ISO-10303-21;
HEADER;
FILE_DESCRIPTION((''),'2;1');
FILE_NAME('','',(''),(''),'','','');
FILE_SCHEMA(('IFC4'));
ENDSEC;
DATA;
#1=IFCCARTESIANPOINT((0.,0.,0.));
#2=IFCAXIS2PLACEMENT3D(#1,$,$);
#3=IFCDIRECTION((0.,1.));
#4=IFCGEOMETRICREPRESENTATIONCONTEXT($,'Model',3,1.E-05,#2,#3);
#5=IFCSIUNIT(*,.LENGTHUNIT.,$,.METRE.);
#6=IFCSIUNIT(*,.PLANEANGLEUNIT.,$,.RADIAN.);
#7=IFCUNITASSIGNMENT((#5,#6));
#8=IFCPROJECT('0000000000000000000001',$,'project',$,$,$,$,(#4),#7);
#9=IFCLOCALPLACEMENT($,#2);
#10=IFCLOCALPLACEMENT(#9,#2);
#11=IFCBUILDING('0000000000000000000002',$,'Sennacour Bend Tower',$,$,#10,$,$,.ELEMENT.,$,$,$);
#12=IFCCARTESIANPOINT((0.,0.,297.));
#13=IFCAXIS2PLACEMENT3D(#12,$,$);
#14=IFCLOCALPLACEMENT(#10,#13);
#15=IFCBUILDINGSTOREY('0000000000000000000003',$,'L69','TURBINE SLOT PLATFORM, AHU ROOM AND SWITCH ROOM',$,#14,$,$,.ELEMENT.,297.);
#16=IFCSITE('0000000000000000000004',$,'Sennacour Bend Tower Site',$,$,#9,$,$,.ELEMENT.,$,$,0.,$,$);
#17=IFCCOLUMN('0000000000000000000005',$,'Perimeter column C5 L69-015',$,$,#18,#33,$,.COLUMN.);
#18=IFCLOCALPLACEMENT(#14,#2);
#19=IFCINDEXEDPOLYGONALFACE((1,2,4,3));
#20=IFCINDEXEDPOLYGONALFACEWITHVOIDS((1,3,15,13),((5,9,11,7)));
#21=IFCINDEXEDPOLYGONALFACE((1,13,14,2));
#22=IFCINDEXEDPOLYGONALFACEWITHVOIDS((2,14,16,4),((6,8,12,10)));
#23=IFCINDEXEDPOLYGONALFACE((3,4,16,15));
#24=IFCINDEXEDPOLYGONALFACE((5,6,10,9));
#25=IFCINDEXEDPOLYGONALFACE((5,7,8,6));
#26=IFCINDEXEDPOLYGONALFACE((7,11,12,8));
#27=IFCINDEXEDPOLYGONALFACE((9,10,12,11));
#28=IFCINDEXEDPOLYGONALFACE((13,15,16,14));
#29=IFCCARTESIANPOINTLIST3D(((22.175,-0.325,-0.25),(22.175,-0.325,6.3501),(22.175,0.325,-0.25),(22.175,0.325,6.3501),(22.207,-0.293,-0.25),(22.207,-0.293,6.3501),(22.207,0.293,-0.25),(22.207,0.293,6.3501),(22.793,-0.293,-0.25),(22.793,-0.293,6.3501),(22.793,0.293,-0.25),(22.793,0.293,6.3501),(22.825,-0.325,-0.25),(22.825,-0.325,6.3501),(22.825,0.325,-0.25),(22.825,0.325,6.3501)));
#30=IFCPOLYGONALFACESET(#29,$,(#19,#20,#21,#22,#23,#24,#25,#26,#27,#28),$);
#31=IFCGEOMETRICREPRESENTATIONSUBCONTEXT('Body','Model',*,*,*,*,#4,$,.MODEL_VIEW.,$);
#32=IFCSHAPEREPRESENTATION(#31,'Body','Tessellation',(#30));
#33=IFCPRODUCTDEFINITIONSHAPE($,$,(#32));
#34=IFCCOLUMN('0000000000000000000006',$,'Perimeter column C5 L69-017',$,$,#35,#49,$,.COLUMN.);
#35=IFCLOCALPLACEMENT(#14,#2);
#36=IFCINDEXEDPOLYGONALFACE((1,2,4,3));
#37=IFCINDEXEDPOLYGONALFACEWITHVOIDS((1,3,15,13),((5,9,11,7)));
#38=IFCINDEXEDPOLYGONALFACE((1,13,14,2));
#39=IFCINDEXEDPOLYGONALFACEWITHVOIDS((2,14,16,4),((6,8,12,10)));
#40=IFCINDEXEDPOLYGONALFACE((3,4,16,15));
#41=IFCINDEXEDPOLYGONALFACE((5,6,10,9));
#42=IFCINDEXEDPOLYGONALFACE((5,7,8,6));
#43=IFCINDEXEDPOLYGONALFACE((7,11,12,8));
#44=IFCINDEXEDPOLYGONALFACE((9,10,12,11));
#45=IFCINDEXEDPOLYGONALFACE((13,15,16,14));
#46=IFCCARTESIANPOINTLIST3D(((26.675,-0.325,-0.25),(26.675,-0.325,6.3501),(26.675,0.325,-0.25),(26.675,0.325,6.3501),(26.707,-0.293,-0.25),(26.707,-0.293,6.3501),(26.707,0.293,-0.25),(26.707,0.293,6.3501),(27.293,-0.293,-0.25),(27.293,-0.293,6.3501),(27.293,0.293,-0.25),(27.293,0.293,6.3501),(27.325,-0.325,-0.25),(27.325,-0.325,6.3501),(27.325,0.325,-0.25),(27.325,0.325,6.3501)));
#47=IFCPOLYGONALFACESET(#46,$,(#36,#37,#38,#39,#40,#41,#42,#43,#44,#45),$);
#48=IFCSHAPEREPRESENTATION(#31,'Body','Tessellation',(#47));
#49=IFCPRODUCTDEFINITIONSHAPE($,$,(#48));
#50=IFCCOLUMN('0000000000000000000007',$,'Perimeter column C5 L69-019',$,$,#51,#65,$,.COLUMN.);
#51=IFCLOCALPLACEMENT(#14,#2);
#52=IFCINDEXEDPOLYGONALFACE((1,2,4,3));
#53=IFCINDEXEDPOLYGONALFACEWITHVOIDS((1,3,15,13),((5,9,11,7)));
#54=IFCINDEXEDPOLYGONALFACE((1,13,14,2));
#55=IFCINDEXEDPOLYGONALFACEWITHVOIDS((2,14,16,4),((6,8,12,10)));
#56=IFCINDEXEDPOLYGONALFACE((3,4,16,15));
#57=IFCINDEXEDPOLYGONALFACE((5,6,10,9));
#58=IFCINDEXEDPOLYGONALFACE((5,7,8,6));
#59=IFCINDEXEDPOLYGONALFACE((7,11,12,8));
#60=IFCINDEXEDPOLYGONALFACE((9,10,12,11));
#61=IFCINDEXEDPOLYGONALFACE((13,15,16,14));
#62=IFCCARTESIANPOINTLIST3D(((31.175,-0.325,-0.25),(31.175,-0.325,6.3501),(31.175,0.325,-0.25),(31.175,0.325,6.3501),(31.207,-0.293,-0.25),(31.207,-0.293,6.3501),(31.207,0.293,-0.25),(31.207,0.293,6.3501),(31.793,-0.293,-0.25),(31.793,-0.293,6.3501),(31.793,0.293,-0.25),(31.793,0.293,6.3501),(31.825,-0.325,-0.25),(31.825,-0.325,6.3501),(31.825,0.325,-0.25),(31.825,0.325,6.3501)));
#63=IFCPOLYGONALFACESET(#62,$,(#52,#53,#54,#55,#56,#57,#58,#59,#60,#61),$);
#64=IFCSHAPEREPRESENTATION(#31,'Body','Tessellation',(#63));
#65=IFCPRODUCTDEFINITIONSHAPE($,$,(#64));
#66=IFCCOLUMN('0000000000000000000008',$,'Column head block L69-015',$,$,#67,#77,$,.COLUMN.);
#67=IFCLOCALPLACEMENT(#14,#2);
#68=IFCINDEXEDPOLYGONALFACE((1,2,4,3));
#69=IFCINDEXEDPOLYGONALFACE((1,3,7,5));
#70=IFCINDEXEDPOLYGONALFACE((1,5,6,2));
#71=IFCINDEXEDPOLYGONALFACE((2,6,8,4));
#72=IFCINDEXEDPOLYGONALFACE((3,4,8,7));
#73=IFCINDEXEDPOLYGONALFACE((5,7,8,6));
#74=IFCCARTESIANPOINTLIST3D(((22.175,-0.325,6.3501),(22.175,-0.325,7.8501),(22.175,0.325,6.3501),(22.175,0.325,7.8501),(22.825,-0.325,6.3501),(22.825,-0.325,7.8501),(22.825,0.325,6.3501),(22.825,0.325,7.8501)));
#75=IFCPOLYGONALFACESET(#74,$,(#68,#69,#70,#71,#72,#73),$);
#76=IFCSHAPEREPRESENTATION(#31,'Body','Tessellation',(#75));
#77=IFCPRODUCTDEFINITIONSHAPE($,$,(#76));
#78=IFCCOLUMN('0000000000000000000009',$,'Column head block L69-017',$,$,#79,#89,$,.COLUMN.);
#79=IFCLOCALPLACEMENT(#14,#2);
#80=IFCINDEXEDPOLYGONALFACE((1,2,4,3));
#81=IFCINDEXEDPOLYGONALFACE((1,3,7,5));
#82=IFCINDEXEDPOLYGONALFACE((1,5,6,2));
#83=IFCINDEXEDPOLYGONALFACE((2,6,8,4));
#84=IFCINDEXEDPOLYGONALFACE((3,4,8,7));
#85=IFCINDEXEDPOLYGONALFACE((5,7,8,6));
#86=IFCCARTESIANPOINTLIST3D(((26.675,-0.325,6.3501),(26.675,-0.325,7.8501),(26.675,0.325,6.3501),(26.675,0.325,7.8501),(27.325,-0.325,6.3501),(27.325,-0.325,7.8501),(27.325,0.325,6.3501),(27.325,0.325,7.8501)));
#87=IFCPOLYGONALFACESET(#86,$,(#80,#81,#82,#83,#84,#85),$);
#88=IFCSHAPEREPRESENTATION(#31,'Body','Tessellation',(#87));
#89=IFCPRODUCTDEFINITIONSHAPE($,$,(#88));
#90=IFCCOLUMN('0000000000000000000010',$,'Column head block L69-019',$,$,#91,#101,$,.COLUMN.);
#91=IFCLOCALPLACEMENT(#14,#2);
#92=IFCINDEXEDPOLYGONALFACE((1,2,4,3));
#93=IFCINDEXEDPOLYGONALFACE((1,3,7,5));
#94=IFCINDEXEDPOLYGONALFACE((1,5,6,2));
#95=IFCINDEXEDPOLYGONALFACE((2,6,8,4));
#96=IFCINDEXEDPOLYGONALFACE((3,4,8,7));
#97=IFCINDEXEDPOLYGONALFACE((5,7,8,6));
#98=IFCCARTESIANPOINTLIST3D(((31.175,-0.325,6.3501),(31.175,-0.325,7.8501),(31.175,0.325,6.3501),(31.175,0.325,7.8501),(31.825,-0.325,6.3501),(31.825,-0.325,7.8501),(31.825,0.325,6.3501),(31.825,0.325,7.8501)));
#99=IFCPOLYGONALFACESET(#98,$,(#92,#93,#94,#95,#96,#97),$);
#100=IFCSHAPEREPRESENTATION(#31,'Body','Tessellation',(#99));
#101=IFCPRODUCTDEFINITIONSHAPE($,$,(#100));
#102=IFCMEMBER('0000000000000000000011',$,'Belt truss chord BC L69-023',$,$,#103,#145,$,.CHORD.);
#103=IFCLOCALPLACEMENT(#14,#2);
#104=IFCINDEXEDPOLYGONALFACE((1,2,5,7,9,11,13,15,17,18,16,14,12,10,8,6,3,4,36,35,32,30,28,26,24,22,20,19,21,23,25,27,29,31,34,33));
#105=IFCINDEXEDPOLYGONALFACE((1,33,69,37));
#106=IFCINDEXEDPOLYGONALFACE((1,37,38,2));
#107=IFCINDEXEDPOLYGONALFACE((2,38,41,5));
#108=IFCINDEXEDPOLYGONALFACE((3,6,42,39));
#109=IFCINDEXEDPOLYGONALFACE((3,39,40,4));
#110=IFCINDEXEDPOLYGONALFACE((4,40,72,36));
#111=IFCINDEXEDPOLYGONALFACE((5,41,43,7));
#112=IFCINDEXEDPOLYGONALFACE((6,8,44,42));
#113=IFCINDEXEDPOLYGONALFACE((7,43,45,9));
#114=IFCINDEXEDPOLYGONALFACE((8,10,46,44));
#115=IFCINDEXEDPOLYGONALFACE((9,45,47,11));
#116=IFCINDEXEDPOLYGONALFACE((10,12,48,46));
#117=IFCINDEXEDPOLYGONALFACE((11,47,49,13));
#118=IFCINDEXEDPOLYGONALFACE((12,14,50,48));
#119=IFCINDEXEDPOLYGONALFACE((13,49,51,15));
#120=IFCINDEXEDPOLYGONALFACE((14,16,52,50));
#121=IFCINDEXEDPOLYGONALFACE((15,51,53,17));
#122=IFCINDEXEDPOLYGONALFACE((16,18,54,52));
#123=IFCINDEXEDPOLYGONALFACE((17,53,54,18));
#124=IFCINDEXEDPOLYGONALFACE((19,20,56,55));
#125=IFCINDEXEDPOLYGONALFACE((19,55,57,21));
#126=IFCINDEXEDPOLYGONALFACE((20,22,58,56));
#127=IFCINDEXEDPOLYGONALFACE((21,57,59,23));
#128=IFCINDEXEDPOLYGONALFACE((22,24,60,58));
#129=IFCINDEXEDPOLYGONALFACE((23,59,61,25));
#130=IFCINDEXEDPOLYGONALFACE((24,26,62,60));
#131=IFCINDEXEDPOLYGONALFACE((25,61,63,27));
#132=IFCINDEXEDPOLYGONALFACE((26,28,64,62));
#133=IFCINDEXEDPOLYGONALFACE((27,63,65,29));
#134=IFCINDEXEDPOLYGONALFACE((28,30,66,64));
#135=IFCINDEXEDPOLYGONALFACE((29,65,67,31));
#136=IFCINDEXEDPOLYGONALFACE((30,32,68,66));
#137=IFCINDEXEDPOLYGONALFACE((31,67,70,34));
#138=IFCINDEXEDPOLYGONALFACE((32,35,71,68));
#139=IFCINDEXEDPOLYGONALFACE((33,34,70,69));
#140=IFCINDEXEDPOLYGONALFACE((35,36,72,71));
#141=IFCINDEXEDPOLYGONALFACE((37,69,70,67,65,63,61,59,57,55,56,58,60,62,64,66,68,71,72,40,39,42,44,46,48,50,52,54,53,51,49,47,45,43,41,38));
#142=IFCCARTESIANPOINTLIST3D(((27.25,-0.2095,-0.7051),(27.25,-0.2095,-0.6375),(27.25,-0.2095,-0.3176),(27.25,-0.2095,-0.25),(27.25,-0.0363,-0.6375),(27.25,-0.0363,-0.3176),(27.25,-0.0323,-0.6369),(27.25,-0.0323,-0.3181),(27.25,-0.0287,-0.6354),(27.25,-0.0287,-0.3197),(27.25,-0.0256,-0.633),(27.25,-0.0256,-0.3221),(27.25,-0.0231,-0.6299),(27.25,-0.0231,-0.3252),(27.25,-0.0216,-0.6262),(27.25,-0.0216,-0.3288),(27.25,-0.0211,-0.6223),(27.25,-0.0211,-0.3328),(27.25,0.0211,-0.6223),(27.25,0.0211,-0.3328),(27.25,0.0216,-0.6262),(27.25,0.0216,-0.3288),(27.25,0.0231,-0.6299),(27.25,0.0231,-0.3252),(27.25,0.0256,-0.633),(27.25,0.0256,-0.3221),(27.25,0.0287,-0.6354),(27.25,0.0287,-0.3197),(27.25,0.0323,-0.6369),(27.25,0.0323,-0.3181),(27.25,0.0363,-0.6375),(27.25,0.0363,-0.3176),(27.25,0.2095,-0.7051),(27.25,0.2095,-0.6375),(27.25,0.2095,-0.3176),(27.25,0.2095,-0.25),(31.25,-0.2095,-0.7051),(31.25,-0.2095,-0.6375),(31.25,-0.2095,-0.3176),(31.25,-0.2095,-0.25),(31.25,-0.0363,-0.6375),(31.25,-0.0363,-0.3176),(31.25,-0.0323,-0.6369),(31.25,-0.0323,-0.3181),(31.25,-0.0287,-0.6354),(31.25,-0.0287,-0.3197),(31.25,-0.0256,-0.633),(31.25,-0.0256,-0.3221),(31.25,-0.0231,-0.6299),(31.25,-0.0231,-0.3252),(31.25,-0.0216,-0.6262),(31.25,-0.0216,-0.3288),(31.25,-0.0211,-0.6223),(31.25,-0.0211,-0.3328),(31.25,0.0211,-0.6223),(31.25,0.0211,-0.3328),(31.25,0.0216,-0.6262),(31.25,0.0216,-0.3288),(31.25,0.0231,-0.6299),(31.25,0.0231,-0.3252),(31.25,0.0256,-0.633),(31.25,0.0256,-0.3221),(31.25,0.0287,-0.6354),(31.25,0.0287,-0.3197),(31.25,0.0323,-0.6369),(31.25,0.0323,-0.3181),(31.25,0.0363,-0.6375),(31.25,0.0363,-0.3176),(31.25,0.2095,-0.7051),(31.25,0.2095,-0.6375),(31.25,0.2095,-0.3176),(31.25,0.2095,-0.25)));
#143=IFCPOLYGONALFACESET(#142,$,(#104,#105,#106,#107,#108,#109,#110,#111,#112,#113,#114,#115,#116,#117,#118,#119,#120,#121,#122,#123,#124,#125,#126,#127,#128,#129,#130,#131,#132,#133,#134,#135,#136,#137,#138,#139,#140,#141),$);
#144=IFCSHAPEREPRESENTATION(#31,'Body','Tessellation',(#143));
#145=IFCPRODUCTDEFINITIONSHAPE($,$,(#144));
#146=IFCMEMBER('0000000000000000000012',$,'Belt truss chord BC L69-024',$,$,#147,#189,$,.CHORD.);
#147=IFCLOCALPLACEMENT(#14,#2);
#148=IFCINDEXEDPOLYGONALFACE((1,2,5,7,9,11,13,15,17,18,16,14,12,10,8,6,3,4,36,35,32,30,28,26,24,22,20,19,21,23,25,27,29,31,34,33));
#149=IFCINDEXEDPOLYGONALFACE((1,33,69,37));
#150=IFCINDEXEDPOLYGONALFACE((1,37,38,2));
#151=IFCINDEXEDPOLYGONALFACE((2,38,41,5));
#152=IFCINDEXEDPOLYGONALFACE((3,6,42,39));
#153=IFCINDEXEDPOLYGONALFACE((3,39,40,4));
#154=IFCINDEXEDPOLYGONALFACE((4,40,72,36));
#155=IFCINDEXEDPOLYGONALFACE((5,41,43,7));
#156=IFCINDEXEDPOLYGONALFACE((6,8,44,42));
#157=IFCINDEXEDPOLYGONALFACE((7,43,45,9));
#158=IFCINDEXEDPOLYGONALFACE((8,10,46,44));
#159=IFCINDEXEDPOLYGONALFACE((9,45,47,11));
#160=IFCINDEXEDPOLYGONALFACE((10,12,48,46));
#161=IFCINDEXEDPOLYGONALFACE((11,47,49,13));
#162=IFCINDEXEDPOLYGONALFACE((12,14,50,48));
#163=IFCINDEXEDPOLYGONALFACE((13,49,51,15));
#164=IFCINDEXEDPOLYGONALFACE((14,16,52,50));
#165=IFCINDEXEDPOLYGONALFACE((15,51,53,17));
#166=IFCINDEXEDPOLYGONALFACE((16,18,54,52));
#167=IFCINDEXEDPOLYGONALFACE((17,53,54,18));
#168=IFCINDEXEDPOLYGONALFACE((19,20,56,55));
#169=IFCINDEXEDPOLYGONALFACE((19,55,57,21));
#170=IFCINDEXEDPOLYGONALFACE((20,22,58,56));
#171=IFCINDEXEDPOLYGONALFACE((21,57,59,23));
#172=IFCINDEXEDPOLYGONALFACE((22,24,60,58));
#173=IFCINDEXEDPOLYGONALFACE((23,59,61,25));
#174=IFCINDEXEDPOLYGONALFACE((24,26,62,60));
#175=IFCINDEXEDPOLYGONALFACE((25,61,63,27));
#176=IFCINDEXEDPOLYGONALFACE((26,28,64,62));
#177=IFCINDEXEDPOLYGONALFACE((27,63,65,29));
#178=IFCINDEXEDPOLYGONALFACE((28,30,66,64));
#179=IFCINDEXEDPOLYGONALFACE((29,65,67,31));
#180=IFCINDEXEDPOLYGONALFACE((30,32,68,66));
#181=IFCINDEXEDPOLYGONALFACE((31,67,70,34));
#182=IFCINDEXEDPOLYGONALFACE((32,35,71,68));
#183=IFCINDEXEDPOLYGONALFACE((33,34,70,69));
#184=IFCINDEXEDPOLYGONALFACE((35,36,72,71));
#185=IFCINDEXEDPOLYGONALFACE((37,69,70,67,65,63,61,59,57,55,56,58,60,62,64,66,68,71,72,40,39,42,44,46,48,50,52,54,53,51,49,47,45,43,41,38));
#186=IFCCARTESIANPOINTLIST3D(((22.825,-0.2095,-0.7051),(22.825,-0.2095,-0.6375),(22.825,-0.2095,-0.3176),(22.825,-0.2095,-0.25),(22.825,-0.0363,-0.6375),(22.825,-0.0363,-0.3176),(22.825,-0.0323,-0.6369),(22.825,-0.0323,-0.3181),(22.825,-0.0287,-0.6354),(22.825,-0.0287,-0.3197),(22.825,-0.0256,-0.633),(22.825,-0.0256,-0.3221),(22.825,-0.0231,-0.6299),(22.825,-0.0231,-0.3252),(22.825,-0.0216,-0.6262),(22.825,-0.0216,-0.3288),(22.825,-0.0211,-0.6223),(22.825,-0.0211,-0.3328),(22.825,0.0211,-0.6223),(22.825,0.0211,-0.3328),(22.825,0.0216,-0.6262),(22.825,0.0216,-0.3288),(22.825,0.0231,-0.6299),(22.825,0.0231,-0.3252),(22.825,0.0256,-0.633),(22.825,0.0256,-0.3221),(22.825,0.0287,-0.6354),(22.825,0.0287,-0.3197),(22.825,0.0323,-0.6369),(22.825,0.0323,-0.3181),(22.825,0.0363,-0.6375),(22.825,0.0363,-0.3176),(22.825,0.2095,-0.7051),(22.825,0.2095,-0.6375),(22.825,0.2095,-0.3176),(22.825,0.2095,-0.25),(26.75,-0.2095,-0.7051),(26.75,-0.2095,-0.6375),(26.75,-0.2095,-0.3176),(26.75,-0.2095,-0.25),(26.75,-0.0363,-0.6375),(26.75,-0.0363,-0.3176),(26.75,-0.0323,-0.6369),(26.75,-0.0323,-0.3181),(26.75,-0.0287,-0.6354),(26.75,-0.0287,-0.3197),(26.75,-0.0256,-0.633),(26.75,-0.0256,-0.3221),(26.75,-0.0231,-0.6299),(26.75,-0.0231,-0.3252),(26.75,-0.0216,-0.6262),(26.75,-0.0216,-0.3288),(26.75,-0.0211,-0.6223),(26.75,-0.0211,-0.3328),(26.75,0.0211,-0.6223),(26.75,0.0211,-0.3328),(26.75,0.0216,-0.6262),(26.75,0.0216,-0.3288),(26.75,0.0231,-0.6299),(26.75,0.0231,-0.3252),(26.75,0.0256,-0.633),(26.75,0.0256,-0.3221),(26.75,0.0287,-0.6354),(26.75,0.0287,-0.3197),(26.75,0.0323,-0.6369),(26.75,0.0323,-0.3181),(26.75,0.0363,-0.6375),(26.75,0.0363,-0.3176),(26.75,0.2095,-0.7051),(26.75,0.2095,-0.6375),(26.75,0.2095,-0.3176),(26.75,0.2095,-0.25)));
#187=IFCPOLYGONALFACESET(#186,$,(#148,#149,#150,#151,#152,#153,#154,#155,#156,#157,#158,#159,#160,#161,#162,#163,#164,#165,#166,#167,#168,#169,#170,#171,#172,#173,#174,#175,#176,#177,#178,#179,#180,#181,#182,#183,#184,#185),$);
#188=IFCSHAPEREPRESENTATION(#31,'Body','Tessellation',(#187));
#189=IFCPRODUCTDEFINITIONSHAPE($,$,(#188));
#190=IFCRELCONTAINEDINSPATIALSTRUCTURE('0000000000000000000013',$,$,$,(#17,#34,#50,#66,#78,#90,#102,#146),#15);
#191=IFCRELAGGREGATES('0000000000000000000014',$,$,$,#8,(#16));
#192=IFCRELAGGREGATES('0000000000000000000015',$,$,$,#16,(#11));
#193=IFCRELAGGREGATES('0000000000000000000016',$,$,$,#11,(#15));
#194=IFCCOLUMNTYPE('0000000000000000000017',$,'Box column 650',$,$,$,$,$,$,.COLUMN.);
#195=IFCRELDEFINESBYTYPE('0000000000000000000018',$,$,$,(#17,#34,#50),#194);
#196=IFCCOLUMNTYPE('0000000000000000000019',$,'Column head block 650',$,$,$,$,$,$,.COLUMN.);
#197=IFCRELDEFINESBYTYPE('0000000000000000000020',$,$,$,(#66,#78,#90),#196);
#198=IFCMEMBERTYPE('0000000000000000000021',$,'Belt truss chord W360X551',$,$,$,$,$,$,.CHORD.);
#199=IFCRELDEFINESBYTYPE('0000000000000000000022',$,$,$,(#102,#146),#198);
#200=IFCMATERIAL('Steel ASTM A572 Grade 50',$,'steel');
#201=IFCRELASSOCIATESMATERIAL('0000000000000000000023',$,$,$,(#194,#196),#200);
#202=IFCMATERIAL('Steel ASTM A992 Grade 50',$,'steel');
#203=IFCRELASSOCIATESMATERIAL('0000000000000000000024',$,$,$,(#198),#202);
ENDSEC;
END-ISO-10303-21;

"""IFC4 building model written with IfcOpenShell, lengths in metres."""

from ifc_helpers import new_model, si_unit, direction, frame, origin, origin_2d, place, context, subcontext, project, spatial, rectangle, hollow_rectangle, i_section, extrude, material, material_profile, profile_set, type_object, element, save


model = new_model("IFC4")

# Units and contexts
model_context = context("Model", 3, precision=1e-05, world=origin(), true_north=direction((0.0, 1.0)))
body_context = subcontext(model_context, "Body", "Model", "MODEL_VIEW")
ifc_project = project(units=[si_unit("LENGTHUNIT", "METRE"), si_unit("PLANEANGLEUNIT", "RADIAN")], contexts=[model_context])

# Site, building, storey
site_placement = place(None, origin())
site = spatial("IfcSite", under=ifc_project, at=site_placement, Name="Sennacour Bend Tower Site", CompositionType="ELEMENT", RefElevation=0.0)
building_placement = place(site_placement, origin())
building = spatial("IfcBuilding", under=site, at=building_placement, Name="Sennacour Bend Tower", CompositionType="ELEMENT")
storey_placement = place(building_placement, frame((0.0, 0.0, 297.0)))
storey = spatial("IfcBuildingStorey", under=building, at=storey_placement, Name="L69", Description="TURBINE SLOT PLATFORM, AHU ROOM AND SWITCH ROOM", CompositionType="ELEMENT", Elevation=297.0)

# Columns
ifc_material_1 = material(Name="Steel ASTM A572 Grade 50", Category="steel")
ifc_material_profile_1 = material_profile(ifc_material_1, hollow_rectangle(XDim=0.6499, YDim=0.6499, WallThickness=0.032, at=origin_2d()), Name="Steel ASTM A572 Grade 50", Category="steel")
ifc_profile_set_1 = profile_set([ifc_material_profile_1], Name="Steel ASTM A572 Grade 50")
column_type_1 = type_object("IfcColumnType", Name="Box column 650", PredefinedType="COLUMN", material=ifc_profile_set_1)
for number, where, z_axis, x_axis, name in (
    (1, (22.5, 0.0, -0.25), (0.0, 0.0, 1.0), (1.0, 0.0, 0.0), "Perimeter column C5 L69-015"),
    (2, (27.0, 0.0, -0.25), (0.0, 0.0, 1.0), (1.0, 0.0, 0.0), "Perimeter column C5 L69-017"),
    (3, (31.5, 0.0, -0.25), (0.0, 0.0, 1.0), (1.0, 0.0, 0.0), "Perimeter column C5 L69-019"),
):
    element("IfcColumn", number, at=place(storey_placement, frame(where, z_axis=z_axis, x_axis=x_axis)), inside=storey, type_object=column_type_1, Name=name, PredefinedType="COLUMN", context=body_context, shape_type="SweptSolid", body=[
        extrude(hollow_rectangle(XDim=0.6499, YDim=0.6499, WallThickness=0.032, at=origin_2d()), origin(), (0.0, 0.0, 1.0), 6.6001),
    ])
ifc_material_profile_2 = material_profile(ifc_material_1, rectangle(XDim=0.6499, YDim=0.6499, at=origin_2d()), Name="Steel ASTM A572 Grade 50", Category="steel")
ifc_profile_set_2 = profile_set([ifc_material_profile_2], Name="Steel ASTM A572 Grade 50")
column_type_2 = type_object("IfcColumnType", Name="Column head block 650", PredefinedType="COLUMN", material=ifc_profile_set_2)
for number, where, z_axis, x_axis, name in (
    (4, (22.5, 0.0, 6.3501), (0.0, 0.0, 1.0), (1.0, 0.0, 0.0), "Column head block L69-015"),
    (5, (27.0, 0.0, 6.3501), (0.0, 0.0, 1.0), (1.0, 0.0, 0.0), "Column head block L69-017"),
    (6, (31.5, 0.0, 6.3501), (0.0, 0.0, 1.0), (1.0, 0.0, 0.0), "Column head block L69-019"),
):
    element("IfcColumn", number, at=place(storey_placement, frame(where, z_axis=z_axis, x_axis=x_axis)), inside=storey, type_object=column_type_2, Name=name, PredefinedType="COLUMN", context=body_context, shape_type="SweptSolid", body=[
        extrude(rectangle(XDim=0.6499, YDim=0.6499, at=origin_2d()), origin(), (0.0, 0.0, 1.0), 1.5),
    ])

# Members
ifc_material_2 = material(Name="Steel ASTM A992 Grade 50", Category="steel")
ifc_material_profile_3 = material_profile(ifc_material_2, i_section(OverallWidth=0.4189, OverallDepth=0.4551, WebThickness=0.0422, FlangeThickness=0.0676, FilletRadius=0.0151, at=origin_2d()), Name="Steel ASTM A992 Grade 50", Category="steel")
ifc_profile_set_3 = profile_set([ifc_material_profile_3], Name="Steel ASTM A992 Grade 50")
member_type_1 = type_object("IfcMemberType", Name="Belt truss chord W360X551", PredefinedType="CHORD", material=ifc_profile_set_3)
member_1_placement = place(storey_placement, frame((31.25, 0.0, -0.4775), z_axis=(-1.0, 0.0, 0.0), x_axis=(0.0, -1.0, 0.0)))
element("IfcMember", 7, at=member_1_placement, inside=storey, type_object=member_type_1, Name="Belt truss chord BC L69-023", PredefinedType="CHORD", context=body_context, shape_type="SweptSolid", body=[
    extrude(i_section(OverallWidth=0.4189, OverallDepth=0.4551, WebThickness=0.0422, FlangeThickness=0.0676, FilletRadius=0.0151, at=origin_2d()), origin(), (0.0, 0.0, 1.0), 4.0),
])
member_2_placement = place(storey_placement, frame((26.75, 0.0, -0.4775), z_axis=(-1.0, 0.0, 0.0), x_axis=(0.0, -1.0, 0.0)))
element("IfcMember", 8, at=member_2_placement, inside=storey, type_object=member_type_1, Name="Belt truss chord BC L69-024", PredefinedType="CHORD", context=body_context, shape_type="SweptSolid", body=[
    extrude(i_section(OverallWidth=0.4189, OverallDepth=0.4551, WebThickness=0.0422, FlangeThickness=0.0676, FilletRadius=0.0151, at=origin_2d()), origin(), (0.0, 0.0, 1.0), 3.925),
])

save(model, "model.ifc")
